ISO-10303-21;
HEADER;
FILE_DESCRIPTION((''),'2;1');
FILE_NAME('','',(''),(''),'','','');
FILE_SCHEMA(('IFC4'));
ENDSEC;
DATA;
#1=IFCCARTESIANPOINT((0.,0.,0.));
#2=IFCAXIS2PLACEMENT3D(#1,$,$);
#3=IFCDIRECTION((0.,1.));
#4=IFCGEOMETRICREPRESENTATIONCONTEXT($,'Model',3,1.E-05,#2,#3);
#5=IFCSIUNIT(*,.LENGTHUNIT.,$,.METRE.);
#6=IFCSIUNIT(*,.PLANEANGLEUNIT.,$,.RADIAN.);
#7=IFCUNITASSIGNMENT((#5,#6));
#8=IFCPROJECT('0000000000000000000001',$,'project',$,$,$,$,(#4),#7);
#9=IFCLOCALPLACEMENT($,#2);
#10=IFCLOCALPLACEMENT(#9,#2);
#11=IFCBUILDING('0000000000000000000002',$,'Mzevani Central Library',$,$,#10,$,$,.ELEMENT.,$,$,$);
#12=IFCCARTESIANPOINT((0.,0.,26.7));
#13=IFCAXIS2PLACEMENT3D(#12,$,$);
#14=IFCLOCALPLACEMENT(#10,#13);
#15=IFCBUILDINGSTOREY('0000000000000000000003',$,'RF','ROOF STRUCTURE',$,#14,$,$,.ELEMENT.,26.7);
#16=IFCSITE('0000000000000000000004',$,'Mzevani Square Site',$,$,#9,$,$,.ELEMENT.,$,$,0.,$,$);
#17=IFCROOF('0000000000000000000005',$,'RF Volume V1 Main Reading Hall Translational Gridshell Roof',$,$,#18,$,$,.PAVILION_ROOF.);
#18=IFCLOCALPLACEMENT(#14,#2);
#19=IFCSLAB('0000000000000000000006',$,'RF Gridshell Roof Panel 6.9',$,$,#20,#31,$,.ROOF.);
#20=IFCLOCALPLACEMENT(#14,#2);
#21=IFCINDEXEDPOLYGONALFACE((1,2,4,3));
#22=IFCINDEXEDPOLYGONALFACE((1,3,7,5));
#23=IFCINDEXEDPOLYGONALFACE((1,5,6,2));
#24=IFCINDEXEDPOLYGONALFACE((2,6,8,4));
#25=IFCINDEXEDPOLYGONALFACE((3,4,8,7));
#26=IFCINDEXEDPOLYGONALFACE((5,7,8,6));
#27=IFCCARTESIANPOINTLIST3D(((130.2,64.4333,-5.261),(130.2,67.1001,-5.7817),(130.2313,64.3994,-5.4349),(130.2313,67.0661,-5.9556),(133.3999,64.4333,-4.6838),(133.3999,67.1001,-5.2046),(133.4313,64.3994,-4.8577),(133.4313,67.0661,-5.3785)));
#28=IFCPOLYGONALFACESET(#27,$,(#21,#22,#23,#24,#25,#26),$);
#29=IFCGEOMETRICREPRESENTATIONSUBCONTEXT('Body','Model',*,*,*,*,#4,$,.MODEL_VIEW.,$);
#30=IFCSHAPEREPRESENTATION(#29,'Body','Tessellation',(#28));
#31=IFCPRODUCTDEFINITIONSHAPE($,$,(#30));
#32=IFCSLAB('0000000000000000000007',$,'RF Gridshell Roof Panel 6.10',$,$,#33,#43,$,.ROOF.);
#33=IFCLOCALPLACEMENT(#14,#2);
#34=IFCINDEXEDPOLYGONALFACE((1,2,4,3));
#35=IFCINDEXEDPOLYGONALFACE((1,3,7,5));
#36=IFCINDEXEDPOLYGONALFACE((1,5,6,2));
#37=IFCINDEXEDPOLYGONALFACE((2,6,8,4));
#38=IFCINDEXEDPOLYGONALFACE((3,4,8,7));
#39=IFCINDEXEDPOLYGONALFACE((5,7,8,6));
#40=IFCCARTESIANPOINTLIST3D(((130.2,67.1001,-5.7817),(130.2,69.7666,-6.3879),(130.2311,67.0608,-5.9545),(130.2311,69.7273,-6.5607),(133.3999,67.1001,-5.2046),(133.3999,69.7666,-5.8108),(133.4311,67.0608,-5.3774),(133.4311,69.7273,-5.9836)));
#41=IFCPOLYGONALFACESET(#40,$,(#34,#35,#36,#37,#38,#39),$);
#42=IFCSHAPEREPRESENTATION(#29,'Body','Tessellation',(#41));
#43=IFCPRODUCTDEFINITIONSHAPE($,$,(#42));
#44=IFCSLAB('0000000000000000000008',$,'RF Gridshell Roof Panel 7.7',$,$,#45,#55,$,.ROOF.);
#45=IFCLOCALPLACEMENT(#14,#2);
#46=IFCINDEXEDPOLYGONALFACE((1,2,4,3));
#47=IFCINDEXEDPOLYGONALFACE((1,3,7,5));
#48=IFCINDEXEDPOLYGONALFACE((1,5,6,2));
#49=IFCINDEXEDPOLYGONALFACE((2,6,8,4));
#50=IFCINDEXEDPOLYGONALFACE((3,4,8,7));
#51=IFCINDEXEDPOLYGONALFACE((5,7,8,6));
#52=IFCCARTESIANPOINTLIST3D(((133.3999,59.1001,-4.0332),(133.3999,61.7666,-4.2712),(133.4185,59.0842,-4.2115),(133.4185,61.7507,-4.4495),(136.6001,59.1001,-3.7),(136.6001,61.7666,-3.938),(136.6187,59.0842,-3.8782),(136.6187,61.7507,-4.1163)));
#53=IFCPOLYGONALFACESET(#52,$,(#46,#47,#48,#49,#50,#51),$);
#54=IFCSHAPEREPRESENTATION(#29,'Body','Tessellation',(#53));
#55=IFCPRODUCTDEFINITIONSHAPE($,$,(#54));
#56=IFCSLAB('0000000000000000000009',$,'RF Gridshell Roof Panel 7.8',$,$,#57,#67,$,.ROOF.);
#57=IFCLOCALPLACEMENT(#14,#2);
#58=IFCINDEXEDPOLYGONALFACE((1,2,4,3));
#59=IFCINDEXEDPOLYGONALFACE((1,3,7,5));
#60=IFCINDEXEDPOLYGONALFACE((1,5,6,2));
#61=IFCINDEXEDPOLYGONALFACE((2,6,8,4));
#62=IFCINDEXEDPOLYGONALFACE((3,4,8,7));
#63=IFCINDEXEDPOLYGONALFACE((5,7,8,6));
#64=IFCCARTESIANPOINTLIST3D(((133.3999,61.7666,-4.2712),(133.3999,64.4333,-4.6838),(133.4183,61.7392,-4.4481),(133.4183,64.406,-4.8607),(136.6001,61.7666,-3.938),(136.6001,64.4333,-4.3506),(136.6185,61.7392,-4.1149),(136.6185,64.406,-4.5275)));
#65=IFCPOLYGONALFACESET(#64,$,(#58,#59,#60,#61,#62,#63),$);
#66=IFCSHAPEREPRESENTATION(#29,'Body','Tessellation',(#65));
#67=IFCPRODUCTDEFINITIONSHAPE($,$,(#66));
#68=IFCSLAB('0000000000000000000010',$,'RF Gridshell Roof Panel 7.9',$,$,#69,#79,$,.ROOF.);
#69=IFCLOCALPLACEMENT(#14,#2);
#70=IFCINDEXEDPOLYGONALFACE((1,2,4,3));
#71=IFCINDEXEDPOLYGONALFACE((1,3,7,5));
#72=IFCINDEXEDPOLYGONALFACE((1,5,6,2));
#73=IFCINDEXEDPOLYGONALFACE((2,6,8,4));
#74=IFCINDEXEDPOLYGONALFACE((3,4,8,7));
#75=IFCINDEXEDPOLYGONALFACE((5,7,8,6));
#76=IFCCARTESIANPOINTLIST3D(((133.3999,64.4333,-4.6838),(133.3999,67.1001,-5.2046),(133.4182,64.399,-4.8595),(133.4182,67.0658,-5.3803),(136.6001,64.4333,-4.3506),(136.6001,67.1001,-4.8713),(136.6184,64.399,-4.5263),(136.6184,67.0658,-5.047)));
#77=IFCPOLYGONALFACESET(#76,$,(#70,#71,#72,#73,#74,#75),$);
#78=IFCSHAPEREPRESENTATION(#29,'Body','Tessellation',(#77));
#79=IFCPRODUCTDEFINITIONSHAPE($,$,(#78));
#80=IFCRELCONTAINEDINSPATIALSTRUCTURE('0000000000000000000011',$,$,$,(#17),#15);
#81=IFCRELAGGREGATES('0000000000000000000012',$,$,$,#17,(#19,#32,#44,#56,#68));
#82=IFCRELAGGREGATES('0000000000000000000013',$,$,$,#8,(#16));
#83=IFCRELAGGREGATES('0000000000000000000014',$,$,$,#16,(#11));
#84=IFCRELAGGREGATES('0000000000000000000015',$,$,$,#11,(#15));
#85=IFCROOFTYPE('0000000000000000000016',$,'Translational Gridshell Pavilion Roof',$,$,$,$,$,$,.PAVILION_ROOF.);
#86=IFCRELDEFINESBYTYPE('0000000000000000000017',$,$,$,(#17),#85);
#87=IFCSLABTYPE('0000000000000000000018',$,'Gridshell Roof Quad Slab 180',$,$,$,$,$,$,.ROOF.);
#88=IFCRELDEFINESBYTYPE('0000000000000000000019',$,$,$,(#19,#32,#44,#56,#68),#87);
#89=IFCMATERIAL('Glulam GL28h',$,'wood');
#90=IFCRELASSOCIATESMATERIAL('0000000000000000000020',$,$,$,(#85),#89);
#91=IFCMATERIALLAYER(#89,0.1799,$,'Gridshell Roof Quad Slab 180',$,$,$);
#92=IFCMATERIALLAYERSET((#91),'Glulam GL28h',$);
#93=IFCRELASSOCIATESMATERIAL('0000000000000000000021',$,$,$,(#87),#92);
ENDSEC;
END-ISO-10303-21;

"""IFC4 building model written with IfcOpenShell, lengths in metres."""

from ifc_helpers import new_model, si_unit, direction, frame, origin, place, context, subcontext, project, spatial, polyline, outline, extrude, material, layer, layer_set, type_object, element, aggregate, save


model = new_model("IFC4")

# Units and contexts
model_context = context("Model", 3, precision=1e-05, world=origin(), true_north=direction((0.0, 1.0)))
body_context = subcontext(model_context, "Body", "Model", "MODEL_VIEW")
ifc_project = project(units=[si_unit("LENGTHUNIT", "METRE"), si_unit("PLANEANGLEUNIT", "RADIAN")], contexts=[model_context])

# Site, building, storey
site_placement = place(None, origin())
site = spatial("IfcSite", under=ifc_project, at=site_placement, Name="Mzevani Square Site", CompositionType="ELEMENT", RefElevation=0.0)
building_placement = place(site_placement, origin())
building = spatial("IfcBuilding", under=site, at=building_placement, Name="Mzevani Central Library", CompositionType="ELEMENT")
storey_placement = place(building_placement, frame((0.0, 0.0, 26.7)))
storey = spatial("IfcBuildingStorey", under=building, at=storey_placement, Name="RF", Description="ROOF STRUCTURE", CompositionType="ELEMENT", Elevation=26.7)

# Shared definitions
ifc_material_1 = material(Name="Glulam GL28h", Category="wood")

# Roof, slabs
roof_type = type_object("IfcRoofType", Name="Translational Gridshell Pavilion Roof", PredefinedType="PAVILION_ROOF", material=ifc_material_1)
roof_placement = place(storey_placement, origin())
roof = element("IfcRoof", 1, at=roof_placement, inside=storey, type_object=roof_type, Name="RF Volume V1 Main Reading Hall Translational Gridshell Roof", PredefinedType="PAVILION_ROOF")
ifc_layer_1 = layer(ifc_material_1, 0.1799, Name="Gridshell Roof Quad Slab 180")
ifc_layer_set_1 = layer_set([ifc_layer_1], Name="Glulam GL28h")
slab_type = type_object("IfcSlabType", Name="Gridshell Roof Quad Slab 180", PredefinedType="ROOF", material=ifc_layer_set_1)
slab_1_placement = place(storey_placement, frame((130.2, 64.4333, -5.261), z_axis=(-0.174308, 0.188722, 0.966437), x_axis=(0.984121, 0.0, 0.177498)))
slab_1 = element("IfcSlab", 2, at=slab_1_placement, type_object=slab_type, Name="RF Gridshell Roof Panel 6.9", PredefinedType="ROOF", context=body_context, shape_type="SweptSolid", body=[
    extrude(outline(polyline([(0.0, 0.0), (3.2516, 0.0), (3.1592, 2.7155), (-0.0924, 2.7155), (0.0, 0.0)])), origin(), (0.0, 0.0, -1.0), 0.1799),
])
slab_2_placement = place(storey_placement, frame((130.2, 67.1001, -5.7817), z_axis=(-0.173216, 0.218332, 0.960379), x_axis=(0.984121, 0.0, 0.177498)))
slab_2 = element("IfcSlab", 3, at=slab_2_placement, type_object=slab_type, Name="RF Gridshell Roof Panel 6.10", PredefinedType="ROOF", context=body_context, shape_type="SweptSolid", body=[
    extrude(outline(polyline([(0.0, 0.0), (3.2516, 0.0), (3.144, 2.7324), (-0.1076, 2.7324), (0.0, 0.0)])), origin(), (0.0, 0.0, -1.0), 0.1799),
])
slab_3_placement = place(storey_placement, frame((133.3999, 59.1001, -4.0332), z_axis=(-0.103169, 0.088441, 0.990724), x_axis=(0.994622, 0.0, 0.103575)))
slab_3 = element("IfcSlab", 4, at=slab_3_placement, type_object=slab_type, Name="RF Gridshell Roof Panel 7.7", PredefinedType="ROOF", context=body_context, shape_type="SweptSolid", body=[
    extrude(outline(polyline([(0.0, 0.0), (3.2175, 0.0), (3.1928, 2.677), (-0.0247, 2.677), (0.0, 0.0)])), origin(), (0.0, 0.0, -1.0), 0.1799),
])
slab_4_placement = place(storey_placement, frame((133.3999, 61.7666, -4.2712), z_axis=(-0.10237, 0.152097, 0.98305), x_axis=(0.994622, 0.0, 0.103575)))
slab_4 = element("IfcSlab", 5, at=slab_4_placement, type_object=slab_type, Name="RF Gridshell Roof Panel 7.8", PredefinedType="ROOF", context=body_context, shape_type="SweptSolid", body=[
    extrude(outline(polyline([(0.0, 0.0), (3.2175, 0.0), (3.1748, 2.6981), (-0.0427, 2.6981), (0.0, 0.0)])), origin(), (0.0, 0.0, -1.0), 0.1799),
])
slab_5_placement = place(storey_placement, frame((133.3999, 64.4333, -4.6838), z_axis=(-0.101675, 0.190663, 0.976376), x_axis=(0.994622, 0.0, 0.103575)))
slab_5 = element("IfcSlab", 6, at=slab_5_placement, type_object=slab_type, Name="RF Gridshell Roof Panel 7.9", PredefinedType="ROOF", context=body_context, shape_type="SweptSolid", body=[
    extrude(outline(polyline([(0.0, 0.0), (3.2175, 0.0), (3.1636, 2.7166), (-0.0539, 2.7166), (0.0, 0.0)])), origin(), (0.0, 0.0, -1.0), 0.1799),
])
aggregate(roof, [slab_1, slab_2, slab_3, slab_4, slab_5])

save(model, "model.ifc")
